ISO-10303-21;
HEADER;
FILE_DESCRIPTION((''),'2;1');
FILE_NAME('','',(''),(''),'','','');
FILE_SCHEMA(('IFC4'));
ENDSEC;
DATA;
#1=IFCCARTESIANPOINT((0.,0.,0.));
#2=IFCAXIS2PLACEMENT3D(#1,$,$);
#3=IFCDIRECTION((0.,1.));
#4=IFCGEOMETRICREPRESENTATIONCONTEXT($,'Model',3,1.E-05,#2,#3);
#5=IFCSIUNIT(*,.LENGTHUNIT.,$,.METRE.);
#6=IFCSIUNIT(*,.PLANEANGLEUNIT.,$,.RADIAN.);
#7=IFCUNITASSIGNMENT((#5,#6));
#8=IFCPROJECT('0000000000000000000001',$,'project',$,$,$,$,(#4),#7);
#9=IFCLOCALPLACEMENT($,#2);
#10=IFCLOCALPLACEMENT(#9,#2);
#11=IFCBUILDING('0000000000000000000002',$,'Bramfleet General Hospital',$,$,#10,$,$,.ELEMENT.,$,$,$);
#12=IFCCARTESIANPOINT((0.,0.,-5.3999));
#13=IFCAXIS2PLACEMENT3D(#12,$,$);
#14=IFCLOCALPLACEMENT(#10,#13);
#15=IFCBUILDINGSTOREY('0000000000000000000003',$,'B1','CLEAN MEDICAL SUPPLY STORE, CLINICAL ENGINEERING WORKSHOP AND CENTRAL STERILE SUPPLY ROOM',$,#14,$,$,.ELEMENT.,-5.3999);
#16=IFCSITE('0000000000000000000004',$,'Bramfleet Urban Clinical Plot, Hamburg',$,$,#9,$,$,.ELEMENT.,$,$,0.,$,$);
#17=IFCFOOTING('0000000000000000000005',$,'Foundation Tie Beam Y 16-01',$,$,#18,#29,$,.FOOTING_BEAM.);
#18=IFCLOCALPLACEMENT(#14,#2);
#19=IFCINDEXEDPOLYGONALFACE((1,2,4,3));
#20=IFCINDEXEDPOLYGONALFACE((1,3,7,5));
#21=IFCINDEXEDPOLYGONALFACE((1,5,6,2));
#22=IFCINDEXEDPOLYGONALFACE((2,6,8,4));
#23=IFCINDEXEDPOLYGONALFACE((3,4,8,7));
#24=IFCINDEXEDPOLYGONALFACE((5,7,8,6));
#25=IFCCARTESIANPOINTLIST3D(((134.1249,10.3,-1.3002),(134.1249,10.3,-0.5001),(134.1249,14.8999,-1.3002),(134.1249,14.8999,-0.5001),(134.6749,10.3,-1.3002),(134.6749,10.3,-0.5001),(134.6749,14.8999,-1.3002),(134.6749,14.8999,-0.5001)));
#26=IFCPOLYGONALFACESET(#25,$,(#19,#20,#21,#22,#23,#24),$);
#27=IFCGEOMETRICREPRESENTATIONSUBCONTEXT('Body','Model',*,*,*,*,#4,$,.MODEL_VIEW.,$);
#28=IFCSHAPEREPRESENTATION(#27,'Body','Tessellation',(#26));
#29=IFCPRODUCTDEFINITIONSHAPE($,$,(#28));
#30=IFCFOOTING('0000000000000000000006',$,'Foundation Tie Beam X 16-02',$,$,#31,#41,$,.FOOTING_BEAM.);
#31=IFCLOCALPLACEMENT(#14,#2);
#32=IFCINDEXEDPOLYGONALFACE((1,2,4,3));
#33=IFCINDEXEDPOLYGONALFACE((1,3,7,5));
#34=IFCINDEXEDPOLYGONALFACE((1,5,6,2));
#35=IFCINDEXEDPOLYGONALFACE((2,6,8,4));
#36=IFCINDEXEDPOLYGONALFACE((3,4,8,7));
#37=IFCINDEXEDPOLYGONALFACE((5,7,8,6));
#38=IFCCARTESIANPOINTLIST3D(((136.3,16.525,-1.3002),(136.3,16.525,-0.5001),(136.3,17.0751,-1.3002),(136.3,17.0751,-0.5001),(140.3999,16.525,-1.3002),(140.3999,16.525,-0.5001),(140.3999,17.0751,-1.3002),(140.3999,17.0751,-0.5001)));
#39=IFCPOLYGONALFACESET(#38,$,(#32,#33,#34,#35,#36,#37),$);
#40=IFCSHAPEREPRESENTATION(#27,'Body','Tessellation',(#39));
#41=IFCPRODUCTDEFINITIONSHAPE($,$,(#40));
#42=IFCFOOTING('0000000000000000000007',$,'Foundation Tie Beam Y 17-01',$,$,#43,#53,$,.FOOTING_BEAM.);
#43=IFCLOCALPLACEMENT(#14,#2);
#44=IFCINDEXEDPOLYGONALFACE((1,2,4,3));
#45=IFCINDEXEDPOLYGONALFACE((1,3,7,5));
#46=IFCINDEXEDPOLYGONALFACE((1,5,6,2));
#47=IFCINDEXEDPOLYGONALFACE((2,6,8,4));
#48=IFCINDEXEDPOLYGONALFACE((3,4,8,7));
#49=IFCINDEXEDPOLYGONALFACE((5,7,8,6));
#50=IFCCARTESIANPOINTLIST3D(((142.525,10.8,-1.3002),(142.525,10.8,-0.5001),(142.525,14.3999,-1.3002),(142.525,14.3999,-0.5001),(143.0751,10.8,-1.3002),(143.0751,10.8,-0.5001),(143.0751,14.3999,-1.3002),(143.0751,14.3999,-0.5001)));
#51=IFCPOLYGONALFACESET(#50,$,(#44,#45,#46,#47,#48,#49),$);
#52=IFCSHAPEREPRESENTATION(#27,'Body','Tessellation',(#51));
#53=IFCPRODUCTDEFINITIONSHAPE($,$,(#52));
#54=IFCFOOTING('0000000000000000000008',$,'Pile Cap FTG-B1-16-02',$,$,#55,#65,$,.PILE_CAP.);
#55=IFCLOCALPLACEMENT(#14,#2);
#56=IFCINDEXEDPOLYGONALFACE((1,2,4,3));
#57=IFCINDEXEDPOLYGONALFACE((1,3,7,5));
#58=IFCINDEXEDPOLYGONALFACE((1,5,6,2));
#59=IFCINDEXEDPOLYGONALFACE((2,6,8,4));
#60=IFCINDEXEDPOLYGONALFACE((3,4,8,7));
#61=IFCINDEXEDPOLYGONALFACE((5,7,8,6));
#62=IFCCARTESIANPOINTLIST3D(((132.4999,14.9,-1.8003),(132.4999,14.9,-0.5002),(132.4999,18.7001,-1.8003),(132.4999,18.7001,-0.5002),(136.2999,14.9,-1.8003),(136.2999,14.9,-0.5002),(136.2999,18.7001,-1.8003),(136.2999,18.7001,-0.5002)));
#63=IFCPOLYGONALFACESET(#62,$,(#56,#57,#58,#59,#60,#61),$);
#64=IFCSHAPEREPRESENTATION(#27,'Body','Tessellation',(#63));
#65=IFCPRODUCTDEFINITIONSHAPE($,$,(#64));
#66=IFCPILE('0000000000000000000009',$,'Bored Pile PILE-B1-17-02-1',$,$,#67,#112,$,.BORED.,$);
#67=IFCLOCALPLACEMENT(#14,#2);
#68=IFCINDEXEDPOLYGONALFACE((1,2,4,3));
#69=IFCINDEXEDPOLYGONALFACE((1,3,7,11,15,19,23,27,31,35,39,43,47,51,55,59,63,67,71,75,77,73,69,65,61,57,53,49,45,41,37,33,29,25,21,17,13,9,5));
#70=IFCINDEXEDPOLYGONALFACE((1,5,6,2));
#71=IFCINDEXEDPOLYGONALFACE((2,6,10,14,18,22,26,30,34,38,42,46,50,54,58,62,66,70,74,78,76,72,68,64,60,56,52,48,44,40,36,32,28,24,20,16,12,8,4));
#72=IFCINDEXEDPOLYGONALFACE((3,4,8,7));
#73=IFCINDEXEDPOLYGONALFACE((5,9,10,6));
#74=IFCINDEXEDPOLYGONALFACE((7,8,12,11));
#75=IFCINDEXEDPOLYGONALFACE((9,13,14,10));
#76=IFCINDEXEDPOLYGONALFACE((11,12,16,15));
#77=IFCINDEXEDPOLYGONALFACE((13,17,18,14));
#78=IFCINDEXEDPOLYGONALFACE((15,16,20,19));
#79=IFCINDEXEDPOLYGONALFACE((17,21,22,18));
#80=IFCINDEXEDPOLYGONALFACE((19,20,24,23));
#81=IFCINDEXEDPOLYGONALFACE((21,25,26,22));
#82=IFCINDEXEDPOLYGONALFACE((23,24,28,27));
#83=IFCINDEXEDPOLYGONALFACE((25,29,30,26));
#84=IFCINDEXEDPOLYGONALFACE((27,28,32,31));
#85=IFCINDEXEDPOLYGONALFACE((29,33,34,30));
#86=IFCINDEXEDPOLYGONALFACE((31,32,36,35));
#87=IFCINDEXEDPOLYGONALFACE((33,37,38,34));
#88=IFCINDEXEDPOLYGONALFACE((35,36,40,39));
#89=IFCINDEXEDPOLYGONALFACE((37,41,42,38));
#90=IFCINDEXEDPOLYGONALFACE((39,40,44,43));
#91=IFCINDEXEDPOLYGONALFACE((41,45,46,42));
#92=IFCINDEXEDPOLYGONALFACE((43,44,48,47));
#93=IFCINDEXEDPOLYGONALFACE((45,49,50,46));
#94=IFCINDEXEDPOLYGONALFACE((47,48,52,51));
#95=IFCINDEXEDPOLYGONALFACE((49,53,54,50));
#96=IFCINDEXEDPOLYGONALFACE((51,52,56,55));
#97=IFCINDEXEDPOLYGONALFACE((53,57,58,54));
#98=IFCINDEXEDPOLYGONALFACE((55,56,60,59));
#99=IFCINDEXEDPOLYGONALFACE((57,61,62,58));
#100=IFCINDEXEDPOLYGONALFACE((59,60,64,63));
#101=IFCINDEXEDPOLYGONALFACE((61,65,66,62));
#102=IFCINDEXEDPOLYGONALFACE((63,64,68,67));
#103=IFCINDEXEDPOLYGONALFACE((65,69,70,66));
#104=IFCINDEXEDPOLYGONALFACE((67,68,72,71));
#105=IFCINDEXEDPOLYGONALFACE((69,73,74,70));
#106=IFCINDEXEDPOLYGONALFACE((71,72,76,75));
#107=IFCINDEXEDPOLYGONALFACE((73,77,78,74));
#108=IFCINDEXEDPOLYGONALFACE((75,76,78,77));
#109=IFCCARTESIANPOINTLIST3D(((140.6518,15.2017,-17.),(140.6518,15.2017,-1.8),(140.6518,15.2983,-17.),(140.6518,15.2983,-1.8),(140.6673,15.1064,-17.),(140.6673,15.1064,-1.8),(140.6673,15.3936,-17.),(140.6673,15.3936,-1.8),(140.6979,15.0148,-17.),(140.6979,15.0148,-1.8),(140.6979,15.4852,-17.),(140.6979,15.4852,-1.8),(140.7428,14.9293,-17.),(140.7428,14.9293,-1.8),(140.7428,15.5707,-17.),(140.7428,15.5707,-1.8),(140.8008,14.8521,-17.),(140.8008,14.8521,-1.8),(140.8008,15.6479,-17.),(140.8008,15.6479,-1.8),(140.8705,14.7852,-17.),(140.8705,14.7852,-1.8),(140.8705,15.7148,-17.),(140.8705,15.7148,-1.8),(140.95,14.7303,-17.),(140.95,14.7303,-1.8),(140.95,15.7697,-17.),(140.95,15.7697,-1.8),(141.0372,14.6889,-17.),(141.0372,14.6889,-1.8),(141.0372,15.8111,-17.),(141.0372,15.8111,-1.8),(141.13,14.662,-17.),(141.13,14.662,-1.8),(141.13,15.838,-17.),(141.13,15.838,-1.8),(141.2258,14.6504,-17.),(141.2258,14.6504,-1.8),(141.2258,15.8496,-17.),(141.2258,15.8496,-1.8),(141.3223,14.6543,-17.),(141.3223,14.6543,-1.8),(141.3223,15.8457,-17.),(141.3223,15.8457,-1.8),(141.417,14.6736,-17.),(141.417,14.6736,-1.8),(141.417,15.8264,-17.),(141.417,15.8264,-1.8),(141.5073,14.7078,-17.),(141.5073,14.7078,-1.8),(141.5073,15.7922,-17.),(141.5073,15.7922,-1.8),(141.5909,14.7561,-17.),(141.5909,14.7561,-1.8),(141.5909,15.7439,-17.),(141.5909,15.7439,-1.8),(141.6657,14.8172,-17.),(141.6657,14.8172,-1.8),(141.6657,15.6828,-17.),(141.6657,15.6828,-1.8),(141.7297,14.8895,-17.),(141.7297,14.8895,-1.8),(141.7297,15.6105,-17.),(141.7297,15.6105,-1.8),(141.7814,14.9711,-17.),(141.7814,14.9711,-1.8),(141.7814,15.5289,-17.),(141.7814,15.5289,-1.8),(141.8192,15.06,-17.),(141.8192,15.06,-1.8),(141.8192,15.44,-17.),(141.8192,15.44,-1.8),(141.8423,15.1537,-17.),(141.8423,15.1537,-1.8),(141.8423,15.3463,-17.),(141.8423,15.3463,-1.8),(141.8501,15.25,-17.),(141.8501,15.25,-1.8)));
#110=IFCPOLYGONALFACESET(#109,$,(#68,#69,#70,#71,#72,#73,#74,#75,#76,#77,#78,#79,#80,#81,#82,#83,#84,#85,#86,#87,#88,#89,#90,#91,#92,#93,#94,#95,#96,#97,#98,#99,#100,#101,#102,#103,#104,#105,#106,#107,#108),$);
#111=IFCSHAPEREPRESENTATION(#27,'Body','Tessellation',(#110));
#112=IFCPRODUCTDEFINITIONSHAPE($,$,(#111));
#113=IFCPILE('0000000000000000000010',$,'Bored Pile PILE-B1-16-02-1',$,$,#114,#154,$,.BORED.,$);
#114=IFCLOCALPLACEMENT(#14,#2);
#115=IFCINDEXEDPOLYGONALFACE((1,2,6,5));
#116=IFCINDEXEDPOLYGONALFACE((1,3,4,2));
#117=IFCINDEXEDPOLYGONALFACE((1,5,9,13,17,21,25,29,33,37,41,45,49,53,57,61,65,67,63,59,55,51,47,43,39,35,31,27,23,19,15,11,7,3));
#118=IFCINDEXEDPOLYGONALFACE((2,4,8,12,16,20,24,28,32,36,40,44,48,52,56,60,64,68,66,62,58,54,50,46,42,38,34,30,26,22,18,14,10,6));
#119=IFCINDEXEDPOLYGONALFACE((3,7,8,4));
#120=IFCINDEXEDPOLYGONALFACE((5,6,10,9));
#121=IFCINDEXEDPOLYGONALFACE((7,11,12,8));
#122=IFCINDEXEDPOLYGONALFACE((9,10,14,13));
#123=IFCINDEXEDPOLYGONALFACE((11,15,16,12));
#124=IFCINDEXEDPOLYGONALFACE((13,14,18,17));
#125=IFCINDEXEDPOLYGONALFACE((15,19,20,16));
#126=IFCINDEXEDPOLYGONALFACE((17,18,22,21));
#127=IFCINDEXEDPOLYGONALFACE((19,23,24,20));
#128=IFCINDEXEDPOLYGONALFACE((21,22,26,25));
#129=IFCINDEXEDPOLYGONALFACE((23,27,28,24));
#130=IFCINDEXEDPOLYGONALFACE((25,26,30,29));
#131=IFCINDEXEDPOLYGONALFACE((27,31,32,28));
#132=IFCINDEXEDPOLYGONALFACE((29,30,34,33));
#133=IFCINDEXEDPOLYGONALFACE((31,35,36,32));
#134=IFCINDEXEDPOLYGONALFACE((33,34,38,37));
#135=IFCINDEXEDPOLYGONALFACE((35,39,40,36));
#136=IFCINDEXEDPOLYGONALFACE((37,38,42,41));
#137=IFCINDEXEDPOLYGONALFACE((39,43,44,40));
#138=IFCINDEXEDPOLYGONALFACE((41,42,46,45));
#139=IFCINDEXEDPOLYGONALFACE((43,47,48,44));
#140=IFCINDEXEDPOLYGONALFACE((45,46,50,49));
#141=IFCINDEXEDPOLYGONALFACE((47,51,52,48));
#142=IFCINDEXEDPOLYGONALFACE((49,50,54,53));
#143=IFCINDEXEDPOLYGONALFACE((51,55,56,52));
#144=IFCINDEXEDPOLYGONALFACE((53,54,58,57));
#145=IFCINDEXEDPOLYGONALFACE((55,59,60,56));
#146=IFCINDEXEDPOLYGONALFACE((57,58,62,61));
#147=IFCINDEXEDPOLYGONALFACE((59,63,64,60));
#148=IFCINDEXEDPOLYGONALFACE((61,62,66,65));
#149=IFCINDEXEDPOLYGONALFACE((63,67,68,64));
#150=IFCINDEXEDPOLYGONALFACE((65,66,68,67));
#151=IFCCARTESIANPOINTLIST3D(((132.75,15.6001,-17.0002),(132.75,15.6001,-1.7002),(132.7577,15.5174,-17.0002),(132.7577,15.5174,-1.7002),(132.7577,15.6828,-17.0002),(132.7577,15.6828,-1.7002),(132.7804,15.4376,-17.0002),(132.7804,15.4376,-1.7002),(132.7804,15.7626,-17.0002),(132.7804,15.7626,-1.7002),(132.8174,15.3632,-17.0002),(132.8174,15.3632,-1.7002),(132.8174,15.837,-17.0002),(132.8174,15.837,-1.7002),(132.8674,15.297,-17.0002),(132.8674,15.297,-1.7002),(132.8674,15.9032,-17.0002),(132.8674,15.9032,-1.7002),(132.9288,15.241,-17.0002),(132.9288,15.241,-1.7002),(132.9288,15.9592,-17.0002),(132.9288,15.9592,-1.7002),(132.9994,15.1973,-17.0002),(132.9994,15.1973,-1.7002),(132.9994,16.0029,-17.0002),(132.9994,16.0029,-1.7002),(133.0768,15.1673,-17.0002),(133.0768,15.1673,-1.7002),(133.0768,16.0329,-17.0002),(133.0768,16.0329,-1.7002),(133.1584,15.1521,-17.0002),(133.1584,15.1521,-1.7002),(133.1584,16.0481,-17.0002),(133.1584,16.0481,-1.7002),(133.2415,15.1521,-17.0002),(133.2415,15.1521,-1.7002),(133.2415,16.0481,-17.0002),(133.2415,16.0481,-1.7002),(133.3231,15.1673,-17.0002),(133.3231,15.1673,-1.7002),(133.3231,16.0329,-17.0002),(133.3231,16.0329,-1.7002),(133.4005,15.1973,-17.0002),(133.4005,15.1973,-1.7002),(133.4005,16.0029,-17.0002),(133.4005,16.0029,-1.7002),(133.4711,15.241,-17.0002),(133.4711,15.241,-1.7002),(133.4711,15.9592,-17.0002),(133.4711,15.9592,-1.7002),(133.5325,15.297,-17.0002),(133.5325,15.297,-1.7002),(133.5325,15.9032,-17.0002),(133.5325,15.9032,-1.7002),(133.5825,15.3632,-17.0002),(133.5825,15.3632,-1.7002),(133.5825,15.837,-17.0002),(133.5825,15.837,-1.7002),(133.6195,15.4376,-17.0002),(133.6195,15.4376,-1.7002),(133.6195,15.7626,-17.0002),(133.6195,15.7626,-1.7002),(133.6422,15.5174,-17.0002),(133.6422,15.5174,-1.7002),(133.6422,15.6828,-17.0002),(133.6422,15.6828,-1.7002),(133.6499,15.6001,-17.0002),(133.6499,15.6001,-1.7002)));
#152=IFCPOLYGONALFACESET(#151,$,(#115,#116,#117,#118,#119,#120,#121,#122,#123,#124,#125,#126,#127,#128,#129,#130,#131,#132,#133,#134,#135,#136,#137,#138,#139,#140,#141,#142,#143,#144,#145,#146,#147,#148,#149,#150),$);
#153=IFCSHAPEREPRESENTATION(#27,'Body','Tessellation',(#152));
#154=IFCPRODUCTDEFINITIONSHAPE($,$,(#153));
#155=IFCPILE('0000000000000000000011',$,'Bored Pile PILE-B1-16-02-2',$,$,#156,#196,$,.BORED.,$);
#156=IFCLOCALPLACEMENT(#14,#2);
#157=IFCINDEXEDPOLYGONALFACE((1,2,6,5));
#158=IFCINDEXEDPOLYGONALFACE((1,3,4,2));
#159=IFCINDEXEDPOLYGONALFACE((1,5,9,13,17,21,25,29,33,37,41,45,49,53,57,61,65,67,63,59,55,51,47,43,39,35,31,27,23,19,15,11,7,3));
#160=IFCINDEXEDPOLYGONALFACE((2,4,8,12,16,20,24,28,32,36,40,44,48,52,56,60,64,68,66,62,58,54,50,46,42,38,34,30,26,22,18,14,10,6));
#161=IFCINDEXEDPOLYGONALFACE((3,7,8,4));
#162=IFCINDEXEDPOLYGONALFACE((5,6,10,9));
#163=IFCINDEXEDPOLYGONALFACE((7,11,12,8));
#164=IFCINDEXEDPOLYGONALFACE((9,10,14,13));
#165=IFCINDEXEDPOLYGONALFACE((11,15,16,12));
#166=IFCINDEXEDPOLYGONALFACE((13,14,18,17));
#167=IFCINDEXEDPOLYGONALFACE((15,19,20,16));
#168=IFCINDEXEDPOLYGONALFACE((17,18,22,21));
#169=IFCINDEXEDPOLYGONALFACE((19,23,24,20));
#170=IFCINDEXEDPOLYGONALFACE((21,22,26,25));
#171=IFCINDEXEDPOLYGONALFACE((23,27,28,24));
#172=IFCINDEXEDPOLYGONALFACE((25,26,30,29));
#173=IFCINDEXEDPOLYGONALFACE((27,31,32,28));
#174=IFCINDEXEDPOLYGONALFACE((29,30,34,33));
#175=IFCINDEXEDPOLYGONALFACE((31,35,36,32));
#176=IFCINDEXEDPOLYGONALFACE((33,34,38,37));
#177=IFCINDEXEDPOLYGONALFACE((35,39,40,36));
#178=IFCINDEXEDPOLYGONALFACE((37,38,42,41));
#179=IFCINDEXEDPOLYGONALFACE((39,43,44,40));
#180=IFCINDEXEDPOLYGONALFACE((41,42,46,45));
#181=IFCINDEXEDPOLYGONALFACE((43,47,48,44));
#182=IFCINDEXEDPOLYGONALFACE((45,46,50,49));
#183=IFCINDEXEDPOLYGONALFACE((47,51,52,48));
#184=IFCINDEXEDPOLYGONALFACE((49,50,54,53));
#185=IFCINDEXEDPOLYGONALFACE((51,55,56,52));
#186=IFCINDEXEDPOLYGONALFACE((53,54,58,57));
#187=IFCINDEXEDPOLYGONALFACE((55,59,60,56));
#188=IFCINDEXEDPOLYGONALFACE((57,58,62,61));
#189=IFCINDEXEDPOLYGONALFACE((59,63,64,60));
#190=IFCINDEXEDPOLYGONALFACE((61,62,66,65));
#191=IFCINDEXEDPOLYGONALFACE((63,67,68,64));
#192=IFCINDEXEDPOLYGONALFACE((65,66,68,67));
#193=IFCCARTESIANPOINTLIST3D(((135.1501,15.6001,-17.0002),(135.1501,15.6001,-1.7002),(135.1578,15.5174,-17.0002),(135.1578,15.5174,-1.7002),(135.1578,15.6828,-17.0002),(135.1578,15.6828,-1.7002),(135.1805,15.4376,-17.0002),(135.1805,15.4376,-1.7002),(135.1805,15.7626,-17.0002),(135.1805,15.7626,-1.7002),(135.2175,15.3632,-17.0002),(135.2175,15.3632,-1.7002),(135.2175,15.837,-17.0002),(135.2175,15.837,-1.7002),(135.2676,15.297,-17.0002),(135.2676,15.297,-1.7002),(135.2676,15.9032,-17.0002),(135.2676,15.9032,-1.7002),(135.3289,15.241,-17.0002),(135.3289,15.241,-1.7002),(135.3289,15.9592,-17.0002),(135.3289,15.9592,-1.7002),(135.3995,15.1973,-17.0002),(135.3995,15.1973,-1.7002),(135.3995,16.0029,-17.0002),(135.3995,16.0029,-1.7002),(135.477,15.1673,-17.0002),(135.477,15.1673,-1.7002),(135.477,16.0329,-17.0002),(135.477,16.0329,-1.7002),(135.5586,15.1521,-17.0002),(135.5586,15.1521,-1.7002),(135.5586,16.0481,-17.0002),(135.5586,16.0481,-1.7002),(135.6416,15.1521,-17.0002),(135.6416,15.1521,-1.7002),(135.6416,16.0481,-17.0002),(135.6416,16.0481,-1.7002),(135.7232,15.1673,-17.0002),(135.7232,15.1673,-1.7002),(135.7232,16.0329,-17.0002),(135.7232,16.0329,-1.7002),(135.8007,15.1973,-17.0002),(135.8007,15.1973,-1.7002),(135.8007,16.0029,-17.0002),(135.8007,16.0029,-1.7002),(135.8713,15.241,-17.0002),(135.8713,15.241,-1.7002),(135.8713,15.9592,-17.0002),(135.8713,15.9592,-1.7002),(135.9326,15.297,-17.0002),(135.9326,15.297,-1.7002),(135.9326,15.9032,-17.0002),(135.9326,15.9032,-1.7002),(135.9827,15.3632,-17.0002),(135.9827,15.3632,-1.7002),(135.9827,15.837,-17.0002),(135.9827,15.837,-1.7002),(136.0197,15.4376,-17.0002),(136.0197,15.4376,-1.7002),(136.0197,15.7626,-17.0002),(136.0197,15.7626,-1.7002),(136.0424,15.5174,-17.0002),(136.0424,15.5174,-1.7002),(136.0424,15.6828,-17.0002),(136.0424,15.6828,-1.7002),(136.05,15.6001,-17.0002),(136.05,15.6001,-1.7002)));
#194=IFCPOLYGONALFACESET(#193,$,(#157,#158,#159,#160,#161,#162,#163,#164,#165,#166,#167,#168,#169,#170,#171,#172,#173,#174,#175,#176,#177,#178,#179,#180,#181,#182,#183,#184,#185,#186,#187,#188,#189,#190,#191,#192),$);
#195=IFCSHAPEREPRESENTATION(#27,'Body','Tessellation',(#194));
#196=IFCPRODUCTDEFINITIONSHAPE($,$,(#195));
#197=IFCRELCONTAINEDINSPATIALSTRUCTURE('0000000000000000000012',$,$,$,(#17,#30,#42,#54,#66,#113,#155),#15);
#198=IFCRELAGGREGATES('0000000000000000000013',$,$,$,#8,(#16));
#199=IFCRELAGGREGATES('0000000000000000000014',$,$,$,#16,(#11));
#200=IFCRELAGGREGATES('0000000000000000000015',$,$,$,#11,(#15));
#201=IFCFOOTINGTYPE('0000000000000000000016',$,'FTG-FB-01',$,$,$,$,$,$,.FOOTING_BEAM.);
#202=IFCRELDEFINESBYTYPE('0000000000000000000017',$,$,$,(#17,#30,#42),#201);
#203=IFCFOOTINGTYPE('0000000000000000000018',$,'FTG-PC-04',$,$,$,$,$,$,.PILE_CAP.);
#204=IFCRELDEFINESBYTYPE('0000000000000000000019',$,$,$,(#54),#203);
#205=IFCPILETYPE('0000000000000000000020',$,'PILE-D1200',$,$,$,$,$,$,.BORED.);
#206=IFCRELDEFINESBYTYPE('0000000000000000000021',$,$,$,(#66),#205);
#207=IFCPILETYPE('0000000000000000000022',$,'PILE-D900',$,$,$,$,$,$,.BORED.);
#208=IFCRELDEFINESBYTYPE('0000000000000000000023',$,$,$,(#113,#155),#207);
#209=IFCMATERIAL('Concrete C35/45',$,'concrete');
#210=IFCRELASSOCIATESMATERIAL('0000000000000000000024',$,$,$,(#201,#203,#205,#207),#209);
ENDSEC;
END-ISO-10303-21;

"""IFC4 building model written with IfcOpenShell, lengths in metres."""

from ifc_helpers import new_model, si_unit, direction, frame, origin, origin_2d, place, context, subcontext, project, spatial, rectangle, circle, extrude, material, material_profile, profile_set, type_object, element, save


model = new_model("IFC4")

# Units and contexts
model_context = context("Model", 3, precision=1e-05, world=origin(), true_north=direction((0.0, 1.0)))
body_context = subcontext(model_context, "Body", "Model", "MODEL_VIEW")
ifc_project = project(units=[si_unit("LENGTHUNIT", "METRE"), si_unit("PLANEANGLEUNIT", "RADIAN")], contexts=[model_context])

# Site, building, storey
site_placement = place(None, origin())
site = spatial("IfcSite", under=ifc_project, at=site_placement, Name="Bramfleet Urban Clinical Plot, Hamburg", CompositionType="ELEMENT", RefElevation=0.0)
building_placement = place(site_placement, origin())
building = spatial("IfcBuilding", under=site, at=building_placement, Name="Bramfleet General Hospital", CompositionType="ELEMENT")
storey_placement = place(building_placement, frame((0.0, 0.0, -5.3999)))
storey = spatial("IfcBuildingStorey", under=building, at=storey_placement, Name="B1", Description="CLEAN MEDICAL SUPPLY STORE, CLINICAL ENGINEERING WORKSHOP AND CENTRAL STERILE SUPPLY ROOM", CompositionType="ELEMENT", Elevation=-5.3999)

# Footings
ifc_material_1 = material(Name="Concrete C35/45", Category="concrete")
ifc_material_profile_1 = material_profile(ifc_material_1, rectangle(XDim=0.55, YDim=0.8, at=origin_2d()), Name="RC FB 800x550")
ifc_profile_set_1 = profile_set([ifc_material_profile_1], Name="Concrete C35/45")
footing_type_1 = type_object("IfcFootingType", Name="FTG-FB-01", PredefinedType="FOOTING_BEAM", material=ifc_profile_set_1)
footing_1_placement = place(storey_placement, frame((134.3999, 10.3, -0.9001), z_axis=(0.0, 1.0, 0.0), x_axis=(-1.0, 0.0, 0.0)))
element("IfcFooting", 1, at=footing_1_placement, inside=storey, type_object=footing_type_1, Name="Foundation Tie Beam Y 16-01", PredefinedType="FOOTING_BEAM", context=body_context, shape_type="SweptSolid", body=[
    extrude(rectangle(XDim=0.55, YDim=0.8, at=origin_2d()), origin(), (0.0, 0.0, 1.0), 4.5999),
])
footing_2_placement = place(storey_placement, frame((136.3, 16.8, -0.9001), z_axis=(1.0, 0.0, 0.0), x_axis=(0.0, 1.0, 0.0)))
element("IfcFooting", 2, at=footing_2_placement, inside=storey, type_object=footing_type_1, Name="Foundation Tie Beam X 16-02", PredefinedType="FOOTING_BEAM", context=body_context, shape_type="SweptSolid", body=[
    extrude(rectangle(XDim=0.55, YDim=0.8, at=origin_2d()), origin(), (0.0, 0.0, 1.0), 4.0999),
])
footing_3_placement = place(storey_placement, frame((142.8, 10.8, -0.9001), z_axis=(0.0, 1.0, 0.0), x_axis=(-1.0, 0.0, 0.0)))
element("IfcFooting", 3, at=footing_3_placement, inside=storey, type_object=footing_type_1, Name="Foundation Tie Beam Y 17-01", PredefinedType="FOOTING_BEAM", context=body_context, shape_type="SweptSolid", body=[
    extrude(rectangle(XDim=0.55, YDim=0.8, at=origin_2d()), origin(), (0.0, 0.0, 1.0), 3.5999),
])
footing_type_2 = type_object("IfcFootingType", Name="FTG-PC-04", PredefinedType="PILE_CAP", material=ifc_material_1)
footing_4_placement = place(storey_placement, frame((134.3999, 16.8, -1.8003), z_axis=(0.0, 0.0, 1.0), x_axis=(1.0, 0.0, 0.0)))
element("IfcFooting", 4, at=footing_4_placement, inside=storey, type_object=footing_type_2, Name="Pile Cap FTG-B1-16-02", PredefinedType="PILE_CAP", context=body_context, shape_type="SweptSolid", body=[
    extrude(rectangle(XDim=3.8, YDim=3.8, at=origin_2d()), origin(), (0.0, 0.0, 1.0), 1.3),
])

# Piles
ifc_material_profile_2 = material_profile(ifc_material_1, circle(Radius=0.6001, at=origin_2d()), Name="PILE BORED D1200")
ifc_profile_set_2 = profile_set([ifc_material_profile_2], Name="Concrete C35/45")
pile_type_1 = type_object("IfcPileType", Name="PILE-D1200", PredefinedType="BORED", material=ifc_profile_set_2)
pile_placement = place(storey_placement, frame((141.25, 15.25, -1.8), z_axis=(0.0, 0.0, -1.0), x_axis=(1.0, 0.0, 0.0)))
element("IfcPile", 5, at=pile_placement, inside=storey, type_object=pile_type_1, Name="Bored Pile PILE-B1-17-02-1", PredefinedType="BORED", context=body_context, shape_type="SweptSolid", body=[
    extrude(circle(Radius=0.6001, at=origin_2d()), origin(), (0.0, 0.0, 1.0), 15.2),
])
ifc_material_profile_3 = material_profile(ifc_material_1, circle(Radius=0.45, at=origin_2d()), Name="PILE BORED D900")
ifc_profile_set_3 = profile_set([ifc_material_profile_3], Name="Concrete C35/45")
pile_type_2 = type_object("IfcPileType", Name="PILE-D900", PredefinedType="BORED", material=ifc_profile_set_3)
for number, where, z_axis, x_axis, name in (
    (6, (133.2, 15.6001, -1.7002), (0.0, 0.0, -1.0), (1.0, 0.0, 0.0), "Bored Pile PILE-B1-16-02-1"),
    (7, (135.6001, 15.6001, -1.7002), (0.0, 0.0, -1.0), (1.0, 0.0, 0.0), "Bored Pile PILE-B1-16-02-2"),
):
    element("IfcPile", number, at=place(storey_placement, frame(where, z_axis=z_axis, x_axis=x_axis)), inside=storey, type_object=pile_type_2, Name=name, PredefinedType="BORED", context=body_context, shape_type="SweptSolid", body=[
        extrude(circle(Radius=0.45, at=origin_2d()), origin(), (0.0, 0.0, 1.0), 15.3),
    ])

save(model, "model.ifc")
